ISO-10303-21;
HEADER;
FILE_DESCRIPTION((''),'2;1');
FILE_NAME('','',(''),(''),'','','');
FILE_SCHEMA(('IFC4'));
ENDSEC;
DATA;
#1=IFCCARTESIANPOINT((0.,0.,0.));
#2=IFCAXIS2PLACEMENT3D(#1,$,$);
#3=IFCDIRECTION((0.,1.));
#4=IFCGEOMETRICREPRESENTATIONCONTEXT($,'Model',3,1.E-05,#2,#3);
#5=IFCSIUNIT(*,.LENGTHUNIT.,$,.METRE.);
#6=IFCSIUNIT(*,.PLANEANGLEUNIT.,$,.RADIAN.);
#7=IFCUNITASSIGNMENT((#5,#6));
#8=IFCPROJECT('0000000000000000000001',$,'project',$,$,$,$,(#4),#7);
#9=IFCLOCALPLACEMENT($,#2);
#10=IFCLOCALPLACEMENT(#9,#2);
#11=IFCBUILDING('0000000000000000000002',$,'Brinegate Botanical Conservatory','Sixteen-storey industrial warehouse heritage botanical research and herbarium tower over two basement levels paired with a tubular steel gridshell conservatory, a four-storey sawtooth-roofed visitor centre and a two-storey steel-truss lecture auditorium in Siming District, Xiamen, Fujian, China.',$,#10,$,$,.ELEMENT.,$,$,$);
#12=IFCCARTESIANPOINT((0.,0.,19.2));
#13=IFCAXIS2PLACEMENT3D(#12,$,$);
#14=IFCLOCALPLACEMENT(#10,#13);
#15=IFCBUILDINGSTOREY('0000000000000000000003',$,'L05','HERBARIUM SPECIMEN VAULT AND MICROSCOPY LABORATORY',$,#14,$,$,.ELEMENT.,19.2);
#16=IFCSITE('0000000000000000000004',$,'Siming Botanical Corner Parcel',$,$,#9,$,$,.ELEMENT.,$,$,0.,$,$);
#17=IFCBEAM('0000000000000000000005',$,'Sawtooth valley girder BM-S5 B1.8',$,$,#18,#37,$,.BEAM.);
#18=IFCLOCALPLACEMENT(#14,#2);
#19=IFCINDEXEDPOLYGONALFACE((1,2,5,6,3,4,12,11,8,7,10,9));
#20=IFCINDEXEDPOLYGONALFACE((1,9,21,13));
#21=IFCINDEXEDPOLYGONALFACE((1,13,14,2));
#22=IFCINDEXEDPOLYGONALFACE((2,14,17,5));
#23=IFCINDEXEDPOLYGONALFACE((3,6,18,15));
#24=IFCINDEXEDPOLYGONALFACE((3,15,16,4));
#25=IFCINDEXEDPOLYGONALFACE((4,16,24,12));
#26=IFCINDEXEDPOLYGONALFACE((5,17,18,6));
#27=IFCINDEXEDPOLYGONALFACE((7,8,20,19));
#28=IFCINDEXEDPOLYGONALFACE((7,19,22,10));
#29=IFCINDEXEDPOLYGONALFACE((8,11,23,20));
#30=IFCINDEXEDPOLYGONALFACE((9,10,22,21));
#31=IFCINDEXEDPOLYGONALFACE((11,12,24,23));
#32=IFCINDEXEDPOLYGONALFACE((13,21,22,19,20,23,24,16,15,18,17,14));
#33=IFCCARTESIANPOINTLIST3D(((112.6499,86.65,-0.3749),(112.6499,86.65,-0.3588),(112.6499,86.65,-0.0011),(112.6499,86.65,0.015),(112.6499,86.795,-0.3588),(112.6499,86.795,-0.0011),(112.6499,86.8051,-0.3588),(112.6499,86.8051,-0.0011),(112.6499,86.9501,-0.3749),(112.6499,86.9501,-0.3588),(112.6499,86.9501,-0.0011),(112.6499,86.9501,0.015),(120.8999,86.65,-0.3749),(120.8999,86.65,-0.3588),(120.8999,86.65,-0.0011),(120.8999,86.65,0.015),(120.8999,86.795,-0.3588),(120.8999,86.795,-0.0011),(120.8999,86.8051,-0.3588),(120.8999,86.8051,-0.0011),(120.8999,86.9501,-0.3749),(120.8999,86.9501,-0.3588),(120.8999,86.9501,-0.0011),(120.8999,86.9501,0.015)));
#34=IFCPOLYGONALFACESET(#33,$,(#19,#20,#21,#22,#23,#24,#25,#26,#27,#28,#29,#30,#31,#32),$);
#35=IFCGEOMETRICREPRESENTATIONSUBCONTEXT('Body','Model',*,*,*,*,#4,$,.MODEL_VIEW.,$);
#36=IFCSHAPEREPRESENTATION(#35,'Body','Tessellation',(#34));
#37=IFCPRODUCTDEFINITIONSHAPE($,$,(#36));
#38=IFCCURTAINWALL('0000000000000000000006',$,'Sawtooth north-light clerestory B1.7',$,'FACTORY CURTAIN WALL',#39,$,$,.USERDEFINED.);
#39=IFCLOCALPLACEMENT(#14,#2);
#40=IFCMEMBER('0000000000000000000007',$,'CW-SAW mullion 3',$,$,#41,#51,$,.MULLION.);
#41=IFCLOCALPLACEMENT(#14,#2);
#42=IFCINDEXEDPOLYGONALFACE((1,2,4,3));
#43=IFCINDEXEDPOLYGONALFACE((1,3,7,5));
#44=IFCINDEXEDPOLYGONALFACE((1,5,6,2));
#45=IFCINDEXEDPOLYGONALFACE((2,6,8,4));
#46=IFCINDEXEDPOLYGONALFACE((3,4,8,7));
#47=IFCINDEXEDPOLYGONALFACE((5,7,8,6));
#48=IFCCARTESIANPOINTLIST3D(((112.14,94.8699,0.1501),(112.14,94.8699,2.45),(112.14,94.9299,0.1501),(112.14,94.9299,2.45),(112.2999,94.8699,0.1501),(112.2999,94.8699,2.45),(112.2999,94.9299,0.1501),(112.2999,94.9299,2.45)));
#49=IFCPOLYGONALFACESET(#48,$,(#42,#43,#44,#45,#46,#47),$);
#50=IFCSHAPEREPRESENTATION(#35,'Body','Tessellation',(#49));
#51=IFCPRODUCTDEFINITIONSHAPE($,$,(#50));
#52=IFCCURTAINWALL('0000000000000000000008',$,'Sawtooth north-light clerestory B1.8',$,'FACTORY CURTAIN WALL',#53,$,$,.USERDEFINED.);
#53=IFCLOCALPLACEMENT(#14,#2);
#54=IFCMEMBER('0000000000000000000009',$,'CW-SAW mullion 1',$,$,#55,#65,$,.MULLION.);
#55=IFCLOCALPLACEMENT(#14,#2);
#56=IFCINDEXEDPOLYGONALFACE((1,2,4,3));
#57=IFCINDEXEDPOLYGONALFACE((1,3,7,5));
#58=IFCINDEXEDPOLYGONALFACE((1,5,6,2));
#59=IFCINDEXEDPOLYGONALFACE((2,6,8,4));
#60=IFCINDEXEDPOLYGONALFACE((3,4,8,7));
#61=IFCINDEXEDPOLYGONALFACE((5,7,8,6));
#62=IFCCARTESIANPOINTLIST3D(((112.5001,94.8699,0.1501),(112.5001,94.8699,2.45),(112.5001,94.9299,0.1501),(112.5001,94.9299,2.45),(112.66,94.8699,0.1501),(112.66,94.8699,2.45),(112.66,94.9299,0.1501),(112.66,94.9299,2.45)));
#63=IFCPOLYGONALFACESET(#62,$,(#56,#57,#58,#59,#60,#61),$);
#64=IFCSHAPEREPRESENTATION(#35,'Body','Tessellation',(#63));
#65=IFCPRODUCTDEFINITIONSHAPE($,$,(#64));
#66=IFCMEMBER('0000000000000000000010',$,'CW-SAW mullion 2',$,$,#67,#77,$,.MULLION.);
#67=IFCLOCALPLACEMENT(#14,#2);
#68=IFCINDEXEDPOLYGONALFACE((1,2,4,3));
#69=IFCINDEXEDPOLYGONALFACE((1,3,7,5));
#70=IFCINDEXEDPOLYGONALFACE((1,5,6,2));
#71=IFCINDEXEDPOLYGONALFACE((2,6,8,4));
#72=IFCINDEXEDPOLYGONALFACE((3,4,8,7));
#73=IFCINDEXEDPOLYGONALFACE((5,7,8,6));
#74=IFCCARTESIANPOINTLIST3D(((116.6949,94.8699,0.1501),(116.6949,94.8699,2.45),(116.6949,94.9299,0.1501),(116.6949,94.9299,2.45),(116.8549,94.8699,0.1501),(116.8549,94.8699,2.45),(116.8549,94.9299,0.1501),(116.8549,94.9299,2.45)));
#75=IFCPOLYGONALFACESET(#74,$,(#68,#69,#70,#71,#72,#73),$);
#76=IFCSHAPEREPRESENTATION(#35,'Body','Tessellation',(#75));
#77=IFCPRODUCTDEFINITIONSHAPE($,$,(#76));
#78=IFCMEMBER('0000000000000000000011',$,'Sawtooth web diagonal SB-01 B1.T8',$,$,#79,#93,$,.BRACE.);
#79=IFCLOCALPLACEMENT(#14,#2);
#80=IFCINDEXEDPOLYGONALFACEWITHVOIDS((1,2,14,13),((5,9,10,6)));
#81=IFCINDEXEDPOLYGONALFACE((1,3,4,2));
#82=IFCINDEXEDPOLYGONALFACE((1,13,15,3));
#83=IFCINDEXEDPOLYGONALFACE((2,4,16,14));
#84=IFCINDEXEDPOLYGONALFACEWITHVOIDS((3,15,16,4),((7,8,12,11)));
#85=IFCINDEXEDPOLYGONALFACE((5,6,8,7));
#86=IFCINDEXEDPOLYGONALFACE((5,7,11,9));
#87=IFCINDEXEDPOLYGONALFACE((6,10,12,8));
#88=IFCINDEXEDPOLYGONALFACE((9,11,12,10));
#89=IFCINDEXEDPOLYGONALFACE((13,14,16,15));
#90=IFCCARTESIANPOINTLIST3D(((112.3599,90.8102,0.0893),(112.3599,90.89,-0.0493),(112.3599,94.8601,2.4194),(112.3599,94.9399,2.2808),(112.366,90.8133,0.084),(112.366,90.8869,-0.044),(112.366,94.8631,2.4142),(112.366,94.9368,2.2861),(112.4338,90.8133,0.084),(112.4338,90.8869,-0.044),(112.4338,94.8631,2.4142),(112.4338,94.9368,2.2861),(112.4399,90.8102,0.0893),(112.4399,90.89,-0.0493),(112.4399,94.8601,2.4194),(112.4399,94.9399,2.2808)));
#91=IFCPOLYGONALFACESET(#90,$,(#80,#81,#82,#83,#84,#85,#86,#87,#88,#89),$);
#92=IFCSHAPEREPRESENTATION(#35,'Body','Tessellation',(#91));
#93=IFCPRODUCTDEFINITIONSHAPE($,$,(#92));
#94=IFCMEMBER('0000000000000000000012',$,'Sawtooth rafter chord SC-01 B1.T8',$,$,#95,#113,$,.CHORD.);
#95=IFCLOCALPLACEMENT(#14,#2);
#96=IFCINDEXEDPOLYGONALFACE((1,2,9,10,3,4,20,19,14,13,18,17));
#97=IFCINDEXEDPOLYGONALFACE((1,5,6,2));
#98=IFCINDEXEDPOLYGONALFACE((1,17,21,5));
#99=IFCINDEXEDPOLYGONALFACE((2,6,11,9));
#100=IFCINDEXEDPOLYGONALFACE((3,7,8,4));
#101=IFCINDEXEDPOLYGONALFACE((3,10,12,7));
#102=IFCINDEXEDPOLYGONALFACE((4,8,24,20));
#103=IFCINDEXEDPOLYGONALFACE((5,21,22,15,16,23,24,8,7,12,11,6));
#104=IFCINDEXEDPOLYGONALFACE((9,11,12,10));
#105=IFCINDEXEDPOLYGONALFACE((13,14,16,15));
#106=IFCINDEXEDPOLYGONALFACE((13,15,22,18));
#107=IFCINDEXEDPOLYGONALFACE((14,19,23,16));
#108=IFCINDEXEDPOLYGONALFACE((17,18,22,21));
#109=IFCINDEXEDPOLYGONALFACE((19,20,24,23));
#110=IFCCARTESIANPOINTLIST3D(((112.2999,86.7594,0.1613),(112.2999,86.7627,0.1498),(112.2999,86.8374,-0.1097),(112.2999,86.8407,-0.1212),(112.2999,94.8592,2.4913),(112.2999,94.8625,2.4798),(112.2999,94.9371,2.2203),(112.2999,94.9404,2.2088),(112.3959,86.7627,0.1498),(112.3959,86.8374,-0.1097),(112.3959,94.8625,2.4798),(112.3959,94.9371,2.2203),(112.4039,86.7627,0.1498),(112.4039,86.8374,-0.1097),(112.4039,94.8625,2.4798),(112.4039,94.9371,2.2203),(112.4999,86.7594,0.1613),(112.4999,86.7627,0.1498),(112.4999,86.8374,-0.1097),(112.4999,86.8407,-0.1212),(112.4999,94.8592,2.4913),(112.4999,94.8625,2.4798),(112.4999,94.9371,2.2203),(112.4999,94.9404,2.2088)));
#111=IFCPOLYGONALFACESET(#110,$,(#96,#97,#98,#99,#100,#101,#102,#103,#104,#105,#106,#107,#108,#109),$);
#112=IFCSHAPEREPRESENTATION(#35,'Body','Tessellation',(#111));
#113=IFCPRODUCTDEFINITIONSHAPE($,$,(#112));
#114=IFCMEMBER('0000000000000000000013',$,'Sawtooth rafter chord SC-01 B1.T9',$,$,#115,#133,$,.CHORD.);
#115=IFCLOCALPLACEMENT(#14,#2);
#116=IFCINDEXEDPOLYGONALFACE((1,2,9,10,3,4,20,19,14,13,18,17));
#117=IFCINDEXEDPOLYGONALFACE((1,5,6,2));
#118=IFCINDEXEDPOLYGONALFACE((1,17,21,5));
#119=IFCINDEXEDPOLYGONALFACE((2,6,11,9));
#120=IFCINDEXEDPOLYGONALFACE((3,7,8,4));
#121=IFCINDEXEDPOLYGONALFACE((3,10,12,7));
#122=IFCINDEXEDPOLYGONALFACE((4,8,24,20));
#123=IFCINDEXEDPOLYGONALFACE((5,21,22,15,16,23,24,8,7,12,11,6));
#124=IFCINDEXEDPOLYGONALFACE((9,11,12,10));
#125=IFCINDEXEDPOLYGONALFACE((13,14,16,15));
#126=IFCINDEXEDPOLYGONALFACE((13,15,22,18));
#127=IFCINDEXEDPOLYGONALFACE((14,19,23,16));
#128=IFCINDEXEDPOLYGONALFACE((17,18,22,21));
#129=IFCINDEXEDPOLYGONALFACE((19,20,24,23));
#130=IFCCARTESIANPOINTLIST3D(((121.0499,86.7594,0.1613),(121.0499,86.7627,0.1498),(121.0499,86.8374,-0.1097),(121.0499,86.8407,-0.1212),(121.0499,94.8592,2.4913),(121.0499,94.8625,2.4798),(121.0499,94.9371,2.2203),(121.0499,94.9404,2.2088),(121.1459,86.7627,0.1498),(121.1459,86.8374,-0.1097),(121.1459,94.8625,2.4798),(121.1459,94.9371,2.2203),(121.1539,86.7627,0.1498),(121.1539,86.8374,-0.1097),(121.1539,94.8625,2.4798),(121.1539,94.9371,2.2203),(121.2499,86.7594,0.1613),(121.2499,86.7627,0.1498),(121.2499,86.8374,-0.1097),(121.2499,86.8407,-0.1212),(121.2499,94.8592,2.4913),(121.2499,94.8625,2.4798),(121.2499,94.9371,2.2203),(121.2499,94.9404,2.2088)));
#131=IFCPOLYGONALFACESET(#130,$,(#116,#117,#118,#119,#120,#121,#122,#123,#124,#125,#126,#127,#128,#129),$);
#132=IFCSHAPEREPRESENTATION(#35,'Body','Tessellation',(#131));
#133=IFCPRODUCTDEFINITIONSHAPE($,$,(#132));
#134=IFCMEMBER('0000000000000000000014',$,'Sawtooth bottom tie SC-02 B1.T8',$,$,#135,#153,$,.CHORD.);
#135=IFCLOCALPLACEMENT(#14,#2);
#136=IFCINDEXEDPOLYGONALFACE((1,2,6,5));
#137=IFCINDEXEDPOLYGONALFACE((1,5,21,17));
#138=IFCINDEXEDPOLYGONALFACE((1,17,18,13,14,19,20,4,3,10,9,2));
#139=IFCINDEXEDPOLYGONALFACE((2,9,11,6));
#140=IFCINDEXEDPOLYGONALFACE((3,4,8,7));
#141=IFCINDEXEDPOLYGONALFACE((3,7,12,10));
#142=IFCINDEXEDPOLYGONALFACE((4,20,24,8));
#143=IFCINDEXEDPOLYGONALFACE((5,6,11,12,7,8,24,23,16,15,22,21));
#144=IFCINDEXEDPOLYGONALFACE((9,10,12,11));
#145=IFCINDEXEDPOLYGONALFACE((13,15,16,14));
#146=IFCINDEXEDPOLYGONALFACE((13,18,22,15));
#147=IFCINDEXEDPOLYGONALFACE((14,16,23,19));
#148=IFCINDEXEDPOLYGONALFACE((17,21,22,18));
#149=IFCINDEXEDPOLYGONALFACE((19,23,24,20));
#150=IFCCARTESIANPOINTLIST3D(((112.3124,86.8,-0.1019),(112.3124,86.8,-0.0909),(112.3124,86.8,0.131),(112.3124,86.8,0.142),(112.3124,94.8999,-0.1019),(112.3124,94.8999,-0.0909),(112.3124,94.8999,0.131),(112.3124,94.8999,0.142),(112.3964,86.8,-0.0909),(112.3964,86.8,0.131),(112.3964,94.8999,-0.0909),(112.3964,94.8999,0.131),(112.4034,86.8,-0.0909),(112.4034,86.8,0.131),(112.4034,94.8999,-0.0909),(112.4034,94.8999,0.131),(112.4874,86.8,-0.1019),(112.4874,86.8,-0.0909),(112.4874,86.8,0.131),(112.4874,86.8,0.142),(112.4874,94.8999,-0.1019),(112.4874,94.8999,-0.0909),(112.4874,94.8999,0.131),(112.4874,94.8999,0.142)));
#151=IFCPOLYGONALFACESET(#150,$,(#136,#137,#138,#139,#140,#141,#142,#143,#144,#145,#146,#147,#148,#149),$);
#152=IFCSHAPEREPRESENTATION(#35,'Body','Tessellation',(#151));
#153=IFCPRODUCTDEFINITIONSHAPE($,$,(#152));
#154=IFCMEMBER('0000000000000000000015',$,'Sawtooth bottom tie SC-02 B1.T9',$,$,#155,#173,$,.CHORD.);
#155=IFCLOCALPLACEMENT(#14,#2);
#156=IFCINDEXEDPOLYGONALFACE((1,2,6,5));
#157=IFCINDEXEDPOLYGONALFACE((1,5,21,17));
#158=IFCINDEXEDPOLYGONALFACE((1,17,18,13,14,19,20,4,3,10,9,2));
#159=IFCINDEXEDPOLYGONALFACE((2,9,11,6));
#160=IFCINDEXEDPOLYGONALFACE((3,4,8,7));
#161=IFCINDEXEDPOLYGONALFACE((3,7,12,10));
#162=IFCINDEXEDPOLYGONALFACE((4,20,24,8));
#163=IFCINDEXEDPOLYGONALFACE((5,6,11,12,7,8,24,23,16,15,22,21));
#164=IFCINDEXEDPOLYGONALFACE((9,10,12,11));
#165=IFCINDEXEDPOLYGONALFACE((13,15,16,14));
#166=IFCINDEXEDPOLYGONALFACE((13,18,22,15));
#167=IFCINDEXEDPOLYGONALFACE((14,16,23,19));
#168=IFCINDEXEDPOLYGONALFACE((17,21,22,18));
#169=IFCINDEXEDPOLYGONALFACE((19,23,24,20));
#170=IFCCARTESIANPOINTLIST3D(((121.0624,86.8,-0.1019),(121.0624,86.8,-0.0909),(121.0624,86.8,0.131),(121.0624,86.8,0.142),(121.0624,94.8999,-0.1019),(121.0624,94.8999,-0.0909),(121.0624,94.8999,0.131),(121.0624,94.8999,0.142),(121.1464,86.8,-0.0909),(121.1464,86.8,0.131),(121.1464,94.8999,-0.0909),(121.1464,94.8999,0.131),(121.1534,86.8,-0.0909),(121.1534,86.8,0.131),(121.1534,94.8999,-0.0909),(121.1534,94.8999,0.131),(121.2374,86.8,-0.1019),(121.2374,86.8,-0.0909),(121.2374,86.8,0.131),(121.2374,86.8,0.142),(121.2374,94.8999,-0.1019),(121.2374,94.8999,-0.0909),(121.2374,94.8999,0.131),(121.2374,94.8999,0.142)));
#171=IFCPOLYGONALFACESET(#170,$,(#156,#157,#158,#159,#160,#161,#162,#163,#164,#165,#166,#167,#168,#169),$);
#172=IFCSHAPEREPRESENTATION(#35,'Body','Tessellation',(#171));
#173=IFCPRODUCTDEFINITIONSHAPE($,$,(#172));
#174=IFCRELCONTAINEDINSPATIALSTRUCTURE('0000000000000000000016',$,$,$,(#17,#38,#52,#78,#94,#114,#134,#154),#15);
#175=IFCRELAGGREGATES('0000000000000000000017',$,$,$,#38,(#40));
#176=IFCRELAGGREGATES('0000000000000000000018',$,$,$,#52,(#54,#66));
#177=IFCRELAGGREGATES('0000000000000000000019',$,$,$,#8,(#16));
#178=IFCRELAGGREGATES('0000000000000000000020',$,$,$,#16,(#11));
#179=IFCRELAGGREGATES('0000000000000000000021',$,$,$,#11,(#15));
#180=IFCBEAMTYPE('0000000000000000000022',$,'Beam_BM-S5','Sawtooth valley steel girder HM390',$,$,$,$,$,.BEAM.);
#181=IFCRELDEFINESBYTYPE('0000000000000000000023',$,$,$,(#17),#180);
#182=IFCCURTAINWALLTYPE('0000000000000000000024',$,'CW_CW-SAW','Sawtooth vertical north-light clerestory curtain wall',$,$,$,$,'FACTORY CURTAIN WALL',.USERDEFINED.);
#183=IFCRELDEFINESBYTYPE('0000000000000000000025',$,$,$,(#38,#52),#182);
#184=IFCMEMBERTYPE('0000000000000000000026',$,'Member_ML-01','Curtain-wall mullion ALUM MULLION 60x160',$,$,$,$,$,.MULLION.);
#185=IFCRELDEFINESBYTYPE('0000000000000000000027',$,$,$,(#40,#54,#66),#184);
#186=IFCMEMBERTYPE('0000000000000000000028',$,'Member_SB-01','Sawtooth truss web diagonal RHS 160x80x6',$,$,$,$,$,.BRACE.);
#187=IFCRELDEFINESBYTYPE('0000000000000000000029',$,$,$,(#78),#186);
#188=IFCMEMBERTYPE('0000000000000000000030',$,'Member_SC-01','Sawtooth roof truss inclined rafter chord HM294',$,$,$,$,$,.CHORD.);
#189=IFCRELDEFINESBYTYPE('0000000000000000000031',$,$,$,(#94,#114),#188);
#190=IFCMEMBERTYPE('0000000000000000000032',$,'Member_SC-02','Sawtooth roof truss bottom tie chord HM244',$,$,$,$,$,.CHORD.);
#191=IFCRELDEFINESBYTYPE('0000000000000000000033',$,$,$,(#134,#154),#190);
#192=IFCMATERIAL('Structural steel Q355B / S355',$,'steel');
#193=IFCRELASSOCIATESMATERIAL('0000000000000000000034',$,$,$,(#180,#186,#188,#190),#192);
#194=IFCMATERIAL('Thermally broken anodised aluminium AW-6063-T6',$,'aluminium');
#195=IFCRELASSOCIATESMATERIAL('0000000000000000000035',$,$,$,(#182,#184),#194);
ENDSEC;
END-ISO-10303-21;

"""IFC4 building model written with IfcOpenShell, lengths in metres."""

from ifc_helpers import new_model, si_unit, direction, frame, origin, origin_2d, place, context, subcontext, project, spatial, rectangle, hollow_rectangle, i_section, extrude, material, material_profile, profile_set, type_object, element, aggregate, save


model = new_model("IFC4")

# Units and contexts
model_context = context("Model", 3, precision=1e-05, world=origin(), true_north=direction((0.0, 1.0)))
body_context = subcontext(model_context, "Body", "Model", "MODEL_VIEW")
ifc_project = project(units=[si_unit("LENGTHUNIT", "METRE"), si_unit("PLANEANGLEUNIT", "RADIAN")], contexts=[model_context])

# Site, building, storey
site_placement = place(None, origin())
site = spatial("IfcSite", under=ifc_project, at=site_placement, Name="Siming Botanical Corner Parcel", CompositionType="ELEMENT", RefElevation=0.0)
building_placement = place(site_placement, origin())
building = spatial("IfcBuilding", under=site, at=building_placement, Name="Brinegate Botanical Conservatory", Description="Sixteen-storey industrial warehouse heritage botanical research and herbarium tower over two basement levels paired with a tubular steel gridshell conservatory, a four-storey sawtooth-roofed visitor centre and a two-storey steel-truss lecture auditorium in Siming District, Xiamen, Fujian, China.", CompositionType="ELEMENT")
storey_placement = place(building_placement, frame((0.0, 0.0, 19.2)))
storey = spatial("IfcBuildingStorey", under=building, at=storey_placement, Name="L05", Description="HERBARIUM SPECIMEN VAULT AND MICROSCOPY LABORATORY", CompositionType="ELEMENT", Elevation=19.2)

# Beam
ifc_material_1 = material(Name="Structural steel Q355B / S355", Category="steel")
ifc_material_profile_1 = material_profile(ifc_material_1, i_section(OverallWidth=0.3, OverallDepth=0.3899, WebThickness=0.01, FlangeThickness=0.0161, at=origin_2d()), Name="HM 390x300x10x16")
ifc_profile_set_1 = profile_set([ifc_material_profile_1], Name="Structural steel Q355B / S355")
beam_type = type_object("IfcBeamType", Name="Beam_BM-S5", Description="Sawtooth valley steel girder HM390", PredefinedType="BEAM", material=ifc_profile_set_1)
beam_placement = place(storey_placement, frame((112.6499, 86.8, -0.1799), z_axis=(1.0, 0.0, 0.0), x_axis=(0.0, 1.0, 0.0)))
element("IfcBeam", 1, at=beam_placement, inside=storey, type_object=beam_type, Name="Sawtooth valley girder BM-S5 B1.8", PredefinedType="BEAM", context=body_context, shape_type="SweptSolid", body=[
    extrude(i_section(OverallWidth=0.3, OverallDepth=0.3899, WebThickness=0.01, FlangeThickness=0.0161, at=origin_2d()), origin(), (0.0, 0.0, 1.0), 8.25),
])

# Curtain wall, member
ifc_material_2 = material(Name="Thermally broken anodised aluminium AW-6063-T6", Category="aluminium")
curtain_wall_type = type_object("IfcCurtainWallType", Name="CW_CW-SAW", Description="Sawtooth vertical north-light clerestory curtain wall", ElementType="FACTORY CURTAIN WALL", PredefinedType="USERDEFINED", material=ifc_material_2)
curtain_wall_1_placement = place(storey_placement, origin())
curtain_wall_1 = element("IfcCurtainWall", 2, at=curtain_wall_1_placement, inside=storey, type_object=curtain_wall_type, Name="Sawtooth north-light clerestory B1.7", ObjectType="FACTORY CURTAIN WALL", PredefinedType="USERDEFINED")
ifc_material_profile_2 = material_profile(ifc_material_2, rectangle(XDim=0.0601, YDim=0.1599, at=origin_2d()), Name="ALUM MULLION 60x160")
ifc_profile_set_2 = profile_set([ifc_material_profile_2], Name="Thermally broken anodised aluminium AW-6063-T6")
member_type_1 = type_object("IfcMemberType", Name="Member_ML-01", Description="Curtain-wall mullion ALUM MULLION 60x160", PredefinedType="MULLION", material=ifc_profile_set_2)
member_1_placement = place(storey_placement, frame((112.22, 94.8999, 0.1501), z_axis=(0.0, 0.0, 1.0), x_axis=(0.0, 1.0, 0.0)))
member_1 = element("IfcMember", 3, at=member_1_placement, type_object=member_type_1, Name="CW-SAW mullion 3", PredefinedType="MULLION", context=body_context, shape_type="SweptSolid", body=[
    extrude(rectangle(XDim=0.0601, YDim=0.1599, at=origin_2d()), origin(), (0.0, 0.0, 1.0), 2.2998),
])

# Curtain wall, members
curtain_wall_2_placement = place(storey_placement, origin())
curtain_wall_2 = element("IfcCurtainWall", 4, at=curtain_wall_2_placement, inside=storey, type_object=curtain_wall_type, Name="Sawtooth north-light clerestory B1.8", ObjectType="FACTORY CURTAIN WALL", PredefinedType="USERDEFINED")
member_2_placement = place(storey_placement, frame((112.5801, 94.8999, 0.1501), z_axis=(0.0, 0.0, 1.0), x_axis=(0.0, 1.0, 0.0)))
member_2 = element("IfcMember", 5, at=member_2_placement, type_object=member_type_1, Name="CW-SAW mullion 1", PredefinedType="MULLION", context=body_context, shape_type="SweptSolid", body=[
    extrude(rectangle(XDim=0.0601, YDim=0.1599, at=origin_2d()), origin(), (0.0, 0.0, 1.0), 2.2998),
])
member_3_placement = place(storey_placement, frame((116.7749, 94.8999, 0.1501), z_axis=(0.0, 0.0, 1.0), x_axis=(0.0, 1.0, 0.0)))
member_3 = element("IfcMember", 6, at=member_3_placement, type_object=member_type_1, Name="CW-SAW mullion 2", PredefinedType="MULLION", context=body_context, shape_type="SweptSolid", body=[
    extrude(rectangle(XDim=0.0601, YDim=0.1599, at=origin_2d()), origin(), (0.0, 0.0, 1.0), 2.2998),
])

# Members
ifc_material_profile_3 = material_profile(ifc_material_1, hollow_rectangle(XDim=0.0801, YDim=0.1599, WallThickness=0.0061, at=origin_2d()), Name="RHS 160x80x6")
ifc_profile_set_3 = profile_set([ifc_material_profile_3], Name="Structural steel Q355B / S355")
member_type_2 = type_object("IfcMemberType", Name="Member_SB-01", Description="Sawtooth truss web diagonal RHS 160x80x6", PredefinedType="BRACE", material=ifc_profile_set_3)
member_4_placement = place(storey_placement, frame((112.3999, 90.8501, 0.02), z_axis=(0.0, 0.866773, 0.498703), x_axis=(-1.0, 0.0, 0.0)))
element("IfcMember", 7, at=member_4_placement, inside=storey, type_object=member_type_2, Name="Sawtooth web diagonal SB-01 B1.T8", PredefinedType="BRACE", context=body_context, shape_type="SweptSolid", body=[
    extrude(hollow_rectangle(XDim=0.0801, YDim=0.1599, WallThickness=0.0061, at=origin_2d()), origin(), (0.0, 0.0, 1.0), 4.6724),
])
ifc_material_profile_4 = material_profile(ifc_material_1, i_section(OverallWidth=0.2, OverallDepth=0.2939, WebThickness=0.0081, FlangeThickness=0.012, at=origin_2d()), Name="HM 294x200x8x12")
ifc_profile_set_4 = profile_set([ifc_material_profile_4], Name="Structural steel Q355B / S355")
member_type_3 = type_object("IfcMemberType", Name="Member_SC-01", Description="Sawtooth roof truss inclined rafter chord HM294", PredefinedType="CHORD", material=ifc_profile_set_4)
for number, where, z_axis, x_axis, name in (
    (8, (112.3999, 86.8, 0.02), (0.0, 0.961026, 0.276458), (-1.0, 0.0, 0.0), "Sawtooth rafter chord SC-01 B1.T8"),
    (9, (121.1499, 86.8, 0.02), (0.0, 0.961026, 0.276458), (-1.0, 0.0, 0.0), "Sawtooth rafter chord SC-01 B1.T9"),
):
    element("IfcMember", number, at=place(storey_placement, frame(where, z_axis=z_axis, x_axis=x_axis)), inside=storey, type_object=member_type_3, Name=name, PredefinedType="CHORD", context=body_context, shape_type="SweptSolid", body=[
        extrude(i_section(OverallWidth=0.2, OverallDepth=0.2939, WebThickness=0.0081, FlangeThickness=0.012, at=origin_2d()), origin(), (0.0, 0.0, 1.0), 8.4282),
    ])
ifc_material_profile_5 = material_profile(ifc_material_1, i_section(OverallWidth=0.175, OverallDepth=0.2439, WebThickness=0.0071, FlangeThickness=0.011, at=origin_2d()), Name="HM 244x175x7x11")
ifc_profile_set_5 = profile_set([ifc_material_profile_5], Name="Structural steel Q355B / S355")
member_type_4 = type_object("IfcMemberType", Name="Member_SC-02", Description="Sawtooth roof truss bottom tie chord HM244", PredefinedType="CHORD", material=ifc_profile_set_5)
for number, where, z_axis, x_axis, name in (
    (10, (112.3999, 86.8, 0.02), (0.0, 1.0, 0.0), (-1.0, 0.0, 0.0), "Sawtooth bottom tie SC-02 B1.T8"),
    (11, (121.1499, 86.8, 0.02), (0.0, 1.0, 0.0), (-1.0, 0.0, 0.0), "Sawtooth bottom tie SC-02 B1.T9"),
):
    element("IfcMember", number, at=place(storey_placement, frame(where, z_axis=z_axis, x_axis=x_axis)), inside=storey, type_object=member_type_4, Name=name, PredefinedType="CHORD", context=body_context, shape_type="SweptSolid", body=[
        extrude(i_section(OverallWidth=0.175, OverallDepth=0.2439, WebThickness=0.0071, FlangeThickness=0.011, at=origin_2d()), origin(), (0.0, 0.0, 1.0), 8.0999),
    ])

aggregate(curtain_wall_1, [member_1])
aggregate(curtain_wall_2, [member_2, member_3])

save(model, "model.ifc")
